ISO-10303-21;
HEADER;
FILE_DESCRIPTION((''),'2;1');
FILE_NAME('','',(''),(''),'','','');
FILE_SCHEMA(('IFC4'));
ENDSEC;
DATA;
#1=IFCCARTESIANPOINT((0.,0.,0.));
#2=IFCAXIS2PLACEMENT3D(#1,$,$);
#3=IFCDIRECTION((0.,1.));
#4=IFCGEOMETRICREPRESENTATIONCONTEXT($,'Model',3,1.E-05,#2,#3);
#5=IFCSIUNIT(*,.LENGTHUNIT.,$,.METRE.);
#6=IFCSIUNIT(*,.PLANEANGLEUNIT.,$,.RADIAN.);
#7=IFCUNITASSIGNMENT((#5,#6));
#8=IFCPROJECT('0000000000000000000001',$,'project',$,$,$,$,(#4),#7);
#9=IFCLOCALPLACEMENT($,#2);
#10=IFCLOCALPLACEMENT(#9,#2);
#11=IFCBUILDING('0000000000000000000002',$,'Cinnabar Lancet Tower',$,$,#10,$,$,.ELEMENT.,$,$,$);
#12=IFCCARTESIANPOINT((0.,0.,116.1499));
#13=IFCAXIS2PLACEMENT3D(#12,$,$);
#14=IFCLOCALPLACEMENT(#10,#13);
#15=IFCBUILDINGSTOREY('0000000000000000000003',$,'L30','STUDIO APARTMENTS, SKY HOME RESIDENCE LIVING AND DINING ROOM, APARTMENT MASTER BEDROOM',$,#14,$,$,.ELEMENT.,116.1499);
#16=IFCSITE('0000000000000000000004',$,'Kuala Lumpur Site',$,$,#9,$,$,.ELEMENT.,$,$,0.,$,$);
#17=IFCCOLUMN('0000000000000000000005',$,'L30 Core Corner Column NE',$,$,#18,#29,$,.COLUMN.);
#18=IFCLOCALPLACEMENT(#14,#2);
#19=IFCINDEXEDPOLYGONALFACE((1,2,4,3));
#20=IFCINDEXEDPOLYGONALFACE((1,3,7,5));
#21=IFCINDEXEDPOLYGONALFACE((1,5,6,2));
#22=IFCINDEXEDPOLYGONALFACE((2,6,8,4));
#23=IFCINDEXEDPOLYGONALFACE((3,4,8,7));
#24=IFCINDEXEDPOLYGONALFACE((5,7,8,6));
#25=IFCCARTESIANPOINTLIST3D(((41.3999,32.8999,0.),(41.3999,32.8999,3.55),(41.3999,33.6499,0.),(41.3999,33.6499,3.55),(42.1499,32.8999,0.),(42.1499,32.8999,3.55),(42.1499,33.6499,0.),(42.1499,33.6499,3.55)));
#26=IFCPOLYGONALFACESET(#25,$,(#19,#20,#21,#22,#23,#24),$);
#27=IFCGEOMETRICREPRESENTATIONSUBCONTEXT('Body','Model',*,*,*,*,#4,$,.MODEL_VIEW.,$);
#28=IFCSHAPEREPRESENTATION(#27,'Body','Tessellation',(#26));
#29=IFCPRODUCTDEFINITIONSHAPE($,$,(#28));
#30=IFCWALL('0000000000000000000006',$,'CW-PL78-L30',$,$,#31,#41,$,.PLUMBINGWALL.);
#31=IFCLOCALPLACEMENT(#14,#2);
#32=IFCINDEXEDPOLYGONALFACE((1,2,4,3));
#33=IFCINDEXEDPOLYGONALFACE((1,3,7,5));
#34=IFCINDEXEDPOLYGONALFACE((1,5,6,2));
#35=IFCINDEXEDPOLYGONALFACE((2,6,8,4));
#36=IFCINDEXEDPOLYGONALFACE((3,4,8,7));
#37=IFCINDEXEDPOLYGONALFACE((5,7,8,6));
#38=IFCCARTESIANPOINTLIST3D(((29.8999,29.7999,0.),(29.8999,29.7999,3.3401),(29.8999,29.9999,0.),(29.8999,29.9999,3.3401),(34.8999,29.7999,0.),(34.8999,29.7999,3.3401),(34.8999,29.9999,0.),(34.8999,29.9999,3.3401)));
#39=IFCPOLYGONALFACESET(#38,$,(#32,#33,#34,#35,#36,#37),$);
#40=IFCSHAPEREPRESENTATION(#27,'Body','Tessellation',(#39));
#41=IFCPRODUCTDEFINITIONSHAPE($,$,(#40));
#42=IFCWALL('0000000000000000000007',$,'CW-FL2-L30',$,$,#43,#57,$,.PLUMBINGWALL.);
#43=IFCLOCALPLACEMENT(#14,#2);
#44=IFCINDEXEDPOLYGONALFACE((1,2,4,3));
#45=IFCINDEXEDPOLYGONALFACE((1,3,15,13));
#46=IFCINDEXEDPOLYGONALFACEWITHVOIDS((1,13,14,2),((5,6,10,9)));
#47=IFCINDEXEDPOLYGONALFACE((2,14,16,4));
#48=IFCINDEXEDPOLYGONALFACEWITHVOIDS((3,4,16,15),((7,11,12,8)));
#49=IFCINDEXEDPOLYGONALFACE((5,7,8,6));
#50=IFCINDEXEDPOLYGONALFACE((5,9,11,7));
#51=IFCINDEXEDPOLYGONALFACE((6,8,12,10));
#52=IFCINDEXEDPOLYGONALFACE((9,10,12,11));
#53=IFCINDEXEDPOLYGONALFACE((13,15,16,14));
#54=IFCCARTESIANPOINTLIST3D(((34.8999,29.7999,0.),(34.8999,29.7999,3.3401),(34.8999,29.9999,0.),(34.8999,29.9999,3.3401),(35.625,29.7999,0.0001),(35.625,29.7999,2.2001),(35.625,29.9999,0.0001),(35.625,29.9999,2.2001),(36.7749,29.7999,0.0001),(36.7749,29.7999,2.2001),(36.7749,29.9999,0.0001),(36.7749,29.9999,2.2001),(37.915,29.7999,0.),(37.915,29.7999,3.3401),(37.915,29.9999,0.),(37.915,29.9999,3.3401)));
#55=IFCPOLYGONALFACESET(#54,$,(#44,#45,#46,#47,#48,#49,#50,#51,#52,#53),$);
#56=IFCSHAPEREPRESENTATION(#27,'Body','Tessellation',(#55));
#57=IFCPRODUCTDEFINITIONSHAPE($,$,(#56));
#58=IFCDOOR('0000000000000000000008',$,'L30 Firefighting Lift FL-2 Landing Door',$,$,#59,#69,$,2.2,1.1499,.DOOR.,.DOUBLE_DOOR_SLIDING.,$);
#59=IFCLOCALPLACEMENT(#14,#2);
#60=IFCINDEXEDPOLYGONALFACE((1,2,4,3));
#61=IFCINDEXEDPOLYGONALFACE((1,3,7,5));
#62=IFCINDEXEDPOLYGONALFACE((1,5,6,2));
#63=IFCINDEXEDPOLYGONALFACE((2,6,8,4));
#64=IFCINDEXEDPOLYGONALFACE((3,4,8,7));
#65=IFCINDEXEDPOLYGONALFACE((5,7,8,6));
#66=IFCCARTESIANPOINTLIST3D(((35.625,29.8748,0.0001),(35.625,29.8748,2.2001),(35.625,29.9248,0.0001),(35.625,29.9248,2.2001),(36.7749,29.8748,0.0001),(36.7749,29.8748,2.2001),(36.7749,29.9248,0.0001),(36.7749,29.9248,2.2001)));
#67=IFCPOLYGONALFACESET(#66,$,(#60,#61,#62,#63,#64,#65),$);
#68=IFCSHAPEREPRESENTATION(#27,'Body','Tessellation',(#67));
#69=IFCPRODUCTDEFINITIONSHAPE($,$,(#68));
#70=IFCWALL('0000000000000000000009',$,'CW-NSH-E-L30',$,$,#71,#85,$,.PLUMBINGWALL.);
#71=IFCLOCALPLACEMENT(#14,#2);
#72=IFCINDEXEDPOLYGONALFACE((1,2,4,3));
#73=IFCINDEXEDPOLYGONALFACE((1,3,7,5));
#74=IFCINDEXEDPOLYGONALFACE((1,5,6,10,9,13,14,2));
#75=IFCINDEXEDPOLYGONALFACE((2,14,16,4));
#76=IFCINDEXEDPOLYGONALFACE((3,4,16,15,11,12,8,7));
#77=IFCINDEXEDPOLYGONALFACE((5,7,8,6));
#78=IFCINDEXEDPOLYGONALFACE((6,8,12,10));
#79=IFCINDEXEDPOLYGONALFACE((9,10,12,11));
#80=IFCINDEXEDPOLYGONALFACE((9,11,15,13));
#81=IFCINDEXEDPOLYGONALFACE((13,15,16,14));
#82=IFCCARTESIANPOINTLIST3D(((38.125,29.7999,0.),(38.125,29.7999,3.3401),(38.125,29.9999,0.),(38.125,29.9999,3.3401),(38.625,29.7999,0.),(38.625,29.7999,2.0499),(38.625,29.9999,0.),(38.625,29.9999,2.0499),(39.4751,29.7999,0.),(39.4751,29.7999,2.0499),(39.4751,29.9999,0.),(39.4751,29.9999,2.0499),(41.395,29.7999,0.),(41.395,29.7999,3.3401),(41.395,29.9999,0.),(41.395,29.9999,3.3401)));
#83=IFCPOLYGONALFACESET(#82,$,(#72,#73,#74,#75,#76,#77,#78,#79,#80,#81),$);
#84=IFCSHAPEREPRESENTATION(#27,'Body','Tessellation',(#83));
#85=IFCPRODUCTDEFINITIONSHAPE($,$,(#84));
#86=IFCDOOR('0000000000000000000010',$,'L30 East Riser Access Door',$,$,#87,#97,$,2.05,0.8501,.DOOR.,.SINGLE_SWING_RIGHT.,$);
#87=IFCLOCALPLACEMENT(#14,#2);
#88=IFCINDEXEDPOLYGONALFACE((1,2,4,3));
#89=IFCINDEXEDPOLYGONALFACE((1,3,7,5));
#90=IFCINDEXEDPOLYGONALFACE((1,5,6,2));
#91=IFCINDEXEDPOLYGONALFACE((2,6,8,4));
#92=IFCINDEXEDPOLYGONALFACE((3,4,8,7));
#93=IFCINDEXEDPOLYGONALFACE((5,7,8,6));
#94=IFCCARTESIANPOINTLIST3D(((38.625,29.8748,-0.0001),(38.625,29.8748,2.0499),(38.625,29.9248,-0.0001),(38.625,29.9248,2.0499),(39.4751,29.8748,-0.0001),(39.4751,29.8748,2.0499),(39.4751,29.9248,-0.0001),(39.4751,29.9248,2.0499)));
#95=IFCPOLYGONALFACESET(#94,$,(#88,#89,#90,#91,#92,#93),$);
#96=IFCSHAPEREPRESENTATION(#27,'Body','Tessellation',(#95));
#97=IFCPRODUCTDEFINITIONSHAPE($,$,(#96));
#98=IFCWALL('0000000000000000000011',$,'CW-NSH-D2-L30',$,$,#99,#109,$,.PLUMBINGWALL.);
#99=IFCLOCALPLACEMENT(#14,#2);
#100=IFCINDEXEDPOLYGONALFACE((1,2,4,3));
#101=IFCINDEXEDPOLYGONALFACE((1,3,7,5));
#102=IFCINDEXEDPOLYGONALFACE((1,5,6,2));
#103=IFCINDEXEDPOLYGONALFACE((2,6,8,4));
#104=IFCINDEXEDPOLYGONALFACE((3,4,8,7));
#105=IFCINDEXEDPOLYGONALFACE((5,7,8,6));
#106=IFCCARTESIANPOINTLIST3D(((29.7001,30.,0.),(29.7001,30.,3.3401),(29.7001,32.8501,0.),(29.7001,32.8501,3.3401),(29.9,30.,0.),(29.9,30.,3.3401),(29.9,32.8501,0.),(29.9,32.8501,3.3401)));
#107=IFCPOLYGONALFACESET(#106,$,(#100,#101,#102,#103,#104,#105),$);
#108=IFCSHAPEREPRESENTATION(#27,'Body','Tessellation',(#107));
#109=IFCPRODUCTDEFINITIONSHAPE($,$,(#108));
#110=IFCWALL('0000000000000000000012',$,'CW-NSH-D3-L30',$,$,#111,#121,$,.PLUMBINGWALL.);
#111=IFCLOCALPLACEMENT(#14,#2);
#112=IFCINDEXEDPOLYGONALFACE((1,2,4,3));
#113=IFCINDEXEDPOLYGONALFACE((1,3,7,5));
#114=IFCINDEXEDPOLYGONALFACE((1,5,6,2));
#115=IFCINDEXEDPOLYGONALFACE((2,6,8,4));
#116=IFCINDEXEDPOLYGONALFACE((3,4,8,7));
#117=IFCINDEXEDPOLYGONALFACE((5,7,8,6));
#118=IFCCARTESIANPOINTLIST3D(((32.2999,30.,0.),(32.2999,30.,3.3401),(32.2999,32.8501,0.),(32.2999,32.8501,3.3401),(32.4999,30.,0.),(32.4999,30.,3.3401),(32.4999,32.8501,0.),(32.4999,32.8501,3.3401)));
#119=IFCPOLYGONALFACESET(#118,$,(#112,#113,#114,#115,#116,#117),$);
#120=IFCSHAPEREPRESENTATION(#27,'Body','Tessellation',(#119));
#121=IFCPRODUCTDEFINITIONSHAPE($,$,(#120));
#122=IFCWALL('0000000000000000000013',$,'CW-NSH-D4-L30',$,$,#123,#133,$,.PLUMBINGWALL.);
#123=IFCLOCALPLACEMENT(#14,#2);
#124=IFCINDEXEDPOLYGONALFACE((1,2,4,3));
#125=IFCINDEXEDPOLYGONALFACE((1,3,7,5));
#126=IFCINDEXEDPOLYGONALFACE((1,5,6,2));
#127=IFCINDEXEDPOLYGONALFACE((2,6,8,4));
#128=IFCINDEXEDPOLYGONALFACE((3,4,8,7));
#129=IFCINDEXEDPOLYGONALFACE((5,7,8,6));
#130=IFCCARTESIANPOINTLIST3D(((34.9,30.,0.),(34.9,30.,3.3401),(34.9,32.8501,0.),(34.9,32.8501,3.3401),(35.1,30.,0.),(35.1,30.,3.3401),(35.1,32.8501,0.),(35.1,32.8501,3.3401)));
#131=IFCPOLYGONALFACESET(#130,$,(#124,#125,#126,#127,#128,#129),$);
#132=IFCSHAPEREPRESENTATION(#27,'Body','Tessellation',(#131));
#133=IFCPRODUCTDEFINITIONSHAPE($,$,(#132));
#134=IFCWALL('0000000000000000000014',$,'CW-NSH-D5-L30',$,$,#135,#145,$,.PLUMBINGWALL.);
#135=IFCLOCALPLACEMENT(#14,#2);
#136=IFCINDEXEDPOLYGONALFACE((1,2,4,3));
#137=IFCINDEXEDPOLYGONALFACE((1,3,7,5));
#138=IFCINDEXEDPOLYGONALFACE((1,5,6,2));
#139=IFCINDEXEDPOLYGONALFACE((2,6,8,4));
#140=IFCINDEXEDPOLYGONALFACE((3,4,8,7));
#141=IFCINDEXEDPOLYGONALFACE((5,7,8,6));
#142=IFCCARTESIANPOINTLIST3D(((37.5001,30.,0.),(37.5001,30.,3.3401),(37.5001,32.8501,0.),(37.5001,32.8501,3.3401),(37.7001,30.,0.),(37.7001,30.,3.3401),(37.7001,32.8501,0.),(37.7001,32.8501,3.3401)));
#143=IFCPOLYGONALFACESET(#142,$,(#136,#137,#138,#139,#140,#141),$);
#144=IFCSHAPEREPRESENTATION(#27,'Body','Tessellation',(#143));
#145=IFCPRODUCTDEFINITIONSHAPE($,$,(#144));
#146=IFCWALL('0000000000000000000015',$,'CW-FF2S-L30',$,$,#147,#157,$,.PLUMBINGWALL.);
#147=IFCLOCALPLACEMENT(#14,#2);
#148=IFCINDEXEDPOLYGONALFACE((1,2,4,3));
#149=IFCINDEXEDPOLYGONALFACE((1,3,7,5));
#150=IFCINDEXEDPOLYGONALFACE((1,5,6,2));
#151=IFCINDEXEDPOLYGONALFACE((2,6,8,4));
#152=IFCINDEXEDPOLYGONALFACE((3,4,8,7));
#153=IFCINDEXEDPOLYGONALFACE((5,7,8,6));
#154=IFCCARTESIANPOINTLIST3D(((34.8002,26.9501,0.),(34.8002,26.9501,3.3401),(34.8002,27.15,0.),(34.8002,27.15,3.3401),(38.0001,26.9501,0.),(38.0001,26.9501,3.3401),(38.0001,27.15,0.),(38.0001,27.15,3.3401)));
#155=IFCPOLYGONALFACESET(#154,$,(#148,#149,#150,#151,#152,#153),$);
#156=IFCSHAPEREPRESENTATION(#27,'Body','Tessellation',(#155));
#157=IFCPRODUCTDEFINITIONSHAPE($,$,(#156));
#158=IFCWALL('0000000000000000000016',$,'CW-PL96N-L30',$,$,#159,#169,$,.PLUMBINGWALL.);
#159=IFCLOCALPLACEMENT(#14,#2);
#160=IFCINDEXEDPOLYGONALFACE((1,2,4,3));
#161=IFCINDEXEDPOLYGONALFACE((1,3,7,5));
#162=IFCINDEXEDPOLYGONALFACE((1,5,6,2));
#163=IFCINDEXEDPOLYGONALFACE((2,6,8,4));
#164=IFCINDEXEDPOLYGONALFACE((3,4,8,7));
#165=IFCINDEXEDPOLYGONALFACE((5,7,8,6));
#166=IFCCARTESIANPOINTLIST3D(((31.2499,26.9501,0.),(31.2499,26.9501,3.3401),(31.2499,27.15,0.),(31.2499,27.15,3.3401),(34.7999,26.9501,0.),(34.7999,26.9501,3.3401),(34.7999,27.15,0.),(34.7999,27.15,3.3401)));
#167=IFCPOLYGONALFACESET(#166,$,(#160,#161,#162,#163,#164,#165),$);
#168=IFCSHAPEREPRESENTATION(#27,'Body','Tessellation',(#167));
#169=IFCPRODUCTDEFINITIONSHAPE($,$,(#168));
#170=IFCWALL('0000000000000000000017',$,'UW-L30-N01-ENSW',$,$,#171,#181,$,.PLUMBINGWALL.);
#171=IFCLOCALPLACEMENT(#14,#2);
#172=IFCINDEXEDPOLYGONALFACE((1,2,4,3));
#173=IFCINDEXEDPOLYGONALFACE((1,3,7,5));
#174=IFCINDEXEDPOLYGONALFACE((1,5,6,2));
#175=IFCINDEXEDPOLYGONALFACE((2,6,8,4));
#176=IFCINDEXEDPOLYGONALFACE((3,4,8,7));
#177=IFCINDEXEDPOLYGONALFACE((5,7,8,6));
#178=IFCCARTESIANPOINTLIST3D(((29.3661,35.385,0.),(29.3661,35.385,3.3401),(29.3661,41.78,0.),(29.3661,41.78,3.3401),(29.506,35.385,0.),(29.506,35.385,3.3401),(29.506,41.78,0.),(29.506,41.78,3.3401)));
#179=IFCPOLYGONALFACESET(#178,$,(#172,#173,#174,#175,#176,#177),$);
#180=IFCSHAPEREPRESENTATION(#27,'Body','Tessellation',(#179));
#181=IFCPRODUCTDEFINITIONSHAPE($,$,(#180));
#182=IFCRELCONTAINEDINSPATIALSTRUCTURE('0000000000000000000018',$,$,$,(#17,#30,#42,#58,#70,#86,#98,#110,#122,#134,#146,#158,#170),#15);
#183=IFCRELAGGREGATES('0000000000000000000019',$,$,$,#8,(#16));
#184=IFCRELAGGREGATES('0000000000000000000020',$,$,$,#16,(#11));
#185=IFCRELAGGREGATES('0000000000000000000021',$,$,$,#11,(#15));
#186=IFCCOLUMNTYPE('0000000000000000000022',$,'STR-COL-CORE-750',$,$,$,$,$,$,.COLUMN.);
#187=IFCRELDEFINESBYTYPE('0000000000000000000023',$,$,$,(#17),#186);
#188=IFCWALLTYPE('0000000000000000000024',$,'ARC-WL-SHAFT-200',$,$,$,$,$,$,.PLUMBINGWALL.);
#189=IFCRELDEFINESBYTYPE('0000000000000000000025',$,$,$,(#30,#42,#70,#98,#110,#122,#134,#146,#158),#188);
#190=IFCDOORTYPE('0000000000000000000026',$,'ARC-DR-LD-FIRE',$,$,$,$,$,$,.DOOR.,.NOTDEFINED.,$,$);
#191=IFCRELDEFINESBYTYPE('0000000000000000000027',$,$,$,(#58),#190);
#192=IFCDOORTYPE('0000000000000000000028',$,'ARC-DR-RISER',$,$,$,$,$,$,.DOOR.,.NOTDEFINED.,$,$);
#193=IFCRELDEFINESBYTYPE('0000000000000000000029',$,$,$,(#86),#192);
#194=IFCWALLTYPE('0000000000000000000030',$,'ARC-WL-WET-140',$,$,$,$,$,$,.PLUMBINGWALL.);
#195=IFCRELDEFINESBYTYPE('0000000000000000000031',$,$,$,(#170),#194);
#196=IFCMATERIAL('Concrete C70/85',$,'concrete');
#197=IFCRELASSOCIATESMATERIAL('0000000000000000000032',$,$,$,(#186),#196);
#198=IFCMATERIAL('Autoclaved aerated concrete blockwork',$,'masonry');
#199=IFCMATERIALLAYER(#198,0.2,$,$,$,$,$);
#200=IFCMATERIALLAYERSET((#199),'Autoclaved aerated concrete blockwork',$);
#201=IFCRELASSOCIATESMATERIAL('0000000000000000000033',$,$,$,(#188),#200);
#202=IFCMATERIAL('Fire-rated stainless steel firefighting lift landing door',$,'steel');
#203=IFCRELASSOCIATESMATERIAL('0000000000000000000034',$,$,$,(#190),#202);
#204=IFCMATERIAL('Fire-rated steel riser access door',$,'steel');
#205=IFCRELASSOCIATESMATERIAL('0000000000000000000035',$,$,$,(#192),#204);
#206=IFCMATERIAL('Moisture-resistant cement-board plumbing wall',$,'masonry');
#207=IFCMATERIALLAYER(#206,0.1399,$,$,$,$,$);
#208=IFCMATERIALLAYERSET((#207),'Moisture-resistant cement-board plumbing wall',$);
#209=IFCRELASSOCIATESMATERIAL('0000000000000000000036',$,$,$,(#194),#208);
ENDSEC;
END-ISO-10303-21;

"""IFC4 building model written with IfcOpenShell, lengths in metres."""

from ifc_helpers import new_model, si_unit, direction, frame, frame_2d, origin, origin_2d, place, context, subcontext, project, spatial, rectangle, extrude, material, layer, layer_set, material_profile, profile_set, type_object, element, fill, save


model = new_model("IFC4")

# Units and contexts
model_context = context("Model", 3, precision=1e-05, world=origin(), true_north=direction((0.0, 1.0)))
body_context = subcontext(model_context, "Body", "Model", "MODEL_VIEW")
ifc_project = project(units=[si_unit("LENGTHUNIT", "METRE"), si_unit("PLANEANGLEUNIT", "RADIAN")], contexts=[model_context])

# Site, building, storey
site_placement = place(None, origin())
site = spatial("IfcSite", under=ifc_project, at=site_placement, Name="Kuala Lumpur Site", CompositionType="ELEMENT", RefElevation=0.0)
building_placement = place(site_placement, origin())
building = spatial("IfcBuilding", under=site, at=building_placement, Name="Cinnabar Lancet Tower", CompositionType="ELEMENT")
storey_placement = place(building_placement, frame((0.0, 0.0, 116.1499)))
storey = spatial("IfcBuildingStorey", under=building, at=storey_placement, Name="L30", Description="STUDIO APARTMENTS, SKY HOME RESIDENCE LIVING AND DINING ROOM, APARTMENT MASTER BEDROOM", CompositionType="ELEMENT", Elevation=116.1499)

# Column
ifc_material_1 = material(Name="Concrete C70/85", Category="concrete")
ifc_material_profile = material_profile(ifc_material_1, rectangle(XDim=0.75, YDim=0.75, at=origin_2d()), Name="RC-COL 750x750")
ifc_profile_set = profile_set([ifc_material_profile], Name="Concrete C70/85")
column_type = type_object("IfcColumnType", Name="STR-COL-CORE-750", PredefinedType="COLUMN", material=ifc_profile_set)
column_placement = place(storey_placement, frame((41.7749, 33.2749, 0.0), z_axis=(0.0, 0.0, 1.0), x_axis=(1.0, 0.0, 0.0)))
element("IfcColumn", 1, at=column_placement, inside=storey, type_object=column_type, Name="L30 Core Corner Column NE", PredefinedType="COLUMN", context=body_context, shape_type="SweptSolid", body=[
    extrude(rectangle(XDim=0.75, YDim=0.75, at=origin_2d()), origin(), (0.0, 0.0, 1.0), 3.55),
])

# Wall
ifc_material_2 = material(Name="Autoclaved aerated concrete blockwork", Category="masonry")
ifc_layer_1 = layer(ifc_material_2, 0.2)
ifc_layer_set_1 = layer_set([ifc_layer_1], Name="Autoclaved aerated concrete blockwork")
wall_type_1 = type_object("IfcWallType", Name="ARC-WL-SHAFT-200", PredefinedType="PLUMBINGWALL", material=ifc_layer_set_1)
wall_1_placement = place(storey_placement, frame((29.8999, 29.8999, 0.0), z_axis=(0.0, 0.0, 1.0), x_axis=(1.0, 0.0, 0.0)))
element("IfcWall", 2, at=wall_1_placement, inside=storey, type_object=wall_type_1, Name="CW-PL78-L30", PredefinedType="PLUMBINGWALL", context=body_context, shape_type="SweptSolid", body=[
    extrude(rectangle(XDim=5.0, YDim=0.2, at=frame_2d((2.5, 0.0))), origin(), (0.0, 0.0, 1.0), 3.3401),
])

# Walls, openings, doors
wall_2_placement = place(storey_placement, frame((34.8999, 29.8999, 0.0), z_axis=(0.0, 0.0, 1.0), x_axis=(1.0, 0.0, 0.0)))
wall_2 = element("IfcWall", 3, at=wall_2_placement, inside=storey, type_object=wall_type_1, Name="CW-FL2-L30", PredefinedType="PLUMBINGWALL", context=body_context, shape_type="SweptSolid", body=[
    extrude(rectangle(XDim=3.0151, YDim=0.2, at=frame_2d((1.5076, 0.0))), origin(), (0.0, 0.0, 1.0), 3.3401),
])
opening_1_placement = place(wall_2_placement, frame((0.7251, 0.0, 0.0)))
opening_1 = element("IfcOpeningElement", 4, at=opening_1_placement, cuts=wall_2, PredefinedType="OPENING", context=body_context, shape_type="SweptSolid", body=[
    extrude(rectangle(XDim=1.1499, YDim=2.2, at=frame_2d((0.575, 1.1001))), frame((0.0, 0.1099, 0.0), z_axis=(0.0, -1.0, 0.0), x_axis=(1.0, 0.0, 0.0)), (0.0, 0.0, 1.0), 0.22),
])
ifc_material_3 = material(Name="Fire-rated stainless steel firefighting lift landing door", Category="steel")
door_type_1 = type_object("IfcDoorType", Name="ARC-DR-LD-FIRE", OperationType="NOTDEFINED", PredefinedType="DOOR", material=ifc_material_3)
door_1_placement = place(opening_1_placement, origin())
door_1 = element("IfcDoor", 5, at=door_1_placement, inside=storey, type_object=door_type_1, Name="L30 Firefighting Lift FL-2 Landing Door", OperationType="DOUBLE_DOOR_SLIDING", OverallHeight=2.2, OverallWidth=1.1499, PredefinedType="DOOR", context=body_context, shape_type="SweptSolid", body=[
    extrude(rectangle(XDim=1.1499, YDim=2.2, at=frame_2d((0.575, 1.1001))), frame((0.0, 0.0249, 0.0), z_axis=(0.0, -1.0, 0.0), x_axis=(1.0, 0.0, 0.0)), (0.0, 0.0, 1.0), 0.05),
])
fill(opening_1, door_1)
wall_3_placement = place(storey_placement, frame((38.125, 29.8999, 0.0), z_axis=(0.0, 0.0, 1.0), x_axis=(1.0, 0.0, 0.0)))
wall_3 = element("IfcWall", 6, at=wall_3_placement, inside=storey, type_object=wall_type_1, Name="CW-NSH-E-L30", PredefinedType="PLUMBINGWALL", context=body_context, shape_type="SweptSolid", body=[
    extrude(rectangle(XDim=3.27, YDim=0.2, at=frame_2d((1.635, 0.0))), origin(), (0.0, 0.0, 1.0), 3.3401),
])
opening_2_placement = place(wall_3_placement, frame((0.5, 0.0, 0.0)))
opening_2 = element("IfcOpeningElement", 7, at=opening_2_placement, cuts=wall_3, PredefinedType="OPENING", context=body_context, shape_type="SweptSolid", body=[
    extrude(rectangle(XDim=0.8501, YDim=2.05, at=frame_2d((0.425, 1.0249))), frame((0.0, 0.1099, 0.0), z_axis=(0.0, -1.0, 0.0), x_axis=(1.0, 0.0, 0.0)), (0.0, 0.0, 1.0), 0.22),
])
ifc_material_4 = material(Name="Fire-rated steel riser access door", Category="steel")
door_type_2 = type_object("IfcDoorType", Name="ARC-DR-RISER", OperationType="NOTDEFINED", PredefinedType="DOOR", material=ifc_material_4)
door_2_placement = place(opening_2_placement, origin())
door_2 = element("IfcDoor", 8, at=door_2_placement, inside=storey, type_object=door_type_2, Name="L30 East Riser Access Door", OperationType="SINGLE_SWING_RIGHT", OverallHeight=2.05, OverallWidth=0.8501, PredefinedType="DOOR", context=body_context, shape_type="SweptSolid", body=[
    extrude(rectangle(XDim=0.8501, YDim=2.05, at=frame_2d((0.425, 1.0249))), frame((0.0, 0.0249, 0.0), z_axis=(0.0, -1.0, 0.0), x_axis=(1.0, 0.0, 0.0)), (0.0, 0.0, 1.0), 0.05),
])
fill(opening_2, door_2)

# Walls
for number, where, z_axis, x_axis, name in (
    (9, (29.8, 30.0, 0.0), (0.0, 0.0, 1.0), (0.0, 1.0, 0.0), "CW-NSH-D2-L30"),
    (10, (32.3999, 30.0, 0.0), (0.0, 0.0, 1.0), (0.0, 1.0, 0.0), "CW-NSH-D3-L30"),
    (11, (35.0, 30.0, 0.0), (0.0, 0.0, 1.0), (0.0, 1.0, 0.0), "CW-NSH-D4-L30"),
    (12, (37.6001, 30.0, 0.0), (0.0, 0.0, 1.0), (0.0, 1.0, 0.0), "CW-NSH-D5-L30"),
):
    element("IfcWall", number, at=place(storey_placement, frame(where, z_axis=z_axis, x_axis=x_axis)), inside=storey, type_object=wall_type_1, Name=name, PredefinedType="PLUMBINGWALL", context=body_context, shape_type="SweptSolid", body=[
        extrude(rectangle(XDim=2.8501, YDim=0.2, at=frame_2d((1.425, 0.0))), origin(), (0.0, 0.0, 1.0), 3.3401),
    ])

# Walls
wall_4_placement = place(storey_placement, frame((34.8, 27.05, 0.0), z_axis=(0.0, 0.0, 1.0), x_axis=(1.0, 0.0, 0.0)))
element("IfcWall", 13, at=wall_4_placement, inside=storey, type_object=wall_type_1, Name="CW-FF2S-L30", PredefinedType="PLUMBINGWALL", context=body_context, shape_type="SweptSolid", body=[
    extrude(rectangle(XDim=3.2, YDim=0.2, at=frame_2d((1.6001, 0.0))), origin(), (0.0, 0.0, 1.0), 3.3401),
])
wall_5_placement = place(storey_placement, frame((31.25, 27.05, 0.0), z_axis=(0.0, 0.0, 1.0), x_axis=(1.0, 0.0, 0.0)))
element("IfcWall", 14, at=wall_5_placement, inside=storey, type_object=wall_type_1, Name="CW-PL96N-L30", PredefinedType="PLUMBINGWALL", context=body_context, shape_type="SweptSolid", body=[
    extrude(rectangle(XDim=3.55, YDim=0.2, at=frame_2d((1.7749, 0.0))), origin(), (0.0, 0.0, 1.0), 3.3401),
])
ifc_material_5 = material(Name="Moisture-resistant cement-board plumbing wall", Category="masonry")
ifc_layer_2 = layer(ifc_material_5, 0.1399)
ifc_layer_set_2 = layer_set([ifc_layer_2], Name="Moisture-resistant cement-board plumbing wall")
wall_type_2 = type_object("IfcWallType", Name="ARC-WL-WET-140", PredefinedType="PLUMBINGWALL", material=ifc_layer_set_2)
wall_6_placement = place(storey_placement, frame((29.436, 35.385, 0.0), z_axis=(0.0, 0.0, 1.0), x_axis=(0.0, 1.0, 0.0)))
element("IfcWall", 15, at=wall_6_placement, inside=storey, type_object=wall_type_2, Name="UW-L30-N01-ENSW", PredefinedType="PLUMBINGWALL", context=body_context, shape_type="SweptSolid", body=[
    extrude(rectangle(XDim=6.395, YDim=0.1399, at=frame_2d((3.1975, 0.0))), origin(), (0.0, 0.0, 1.0), 3.3401),
])

save(model, "model.ifc")
